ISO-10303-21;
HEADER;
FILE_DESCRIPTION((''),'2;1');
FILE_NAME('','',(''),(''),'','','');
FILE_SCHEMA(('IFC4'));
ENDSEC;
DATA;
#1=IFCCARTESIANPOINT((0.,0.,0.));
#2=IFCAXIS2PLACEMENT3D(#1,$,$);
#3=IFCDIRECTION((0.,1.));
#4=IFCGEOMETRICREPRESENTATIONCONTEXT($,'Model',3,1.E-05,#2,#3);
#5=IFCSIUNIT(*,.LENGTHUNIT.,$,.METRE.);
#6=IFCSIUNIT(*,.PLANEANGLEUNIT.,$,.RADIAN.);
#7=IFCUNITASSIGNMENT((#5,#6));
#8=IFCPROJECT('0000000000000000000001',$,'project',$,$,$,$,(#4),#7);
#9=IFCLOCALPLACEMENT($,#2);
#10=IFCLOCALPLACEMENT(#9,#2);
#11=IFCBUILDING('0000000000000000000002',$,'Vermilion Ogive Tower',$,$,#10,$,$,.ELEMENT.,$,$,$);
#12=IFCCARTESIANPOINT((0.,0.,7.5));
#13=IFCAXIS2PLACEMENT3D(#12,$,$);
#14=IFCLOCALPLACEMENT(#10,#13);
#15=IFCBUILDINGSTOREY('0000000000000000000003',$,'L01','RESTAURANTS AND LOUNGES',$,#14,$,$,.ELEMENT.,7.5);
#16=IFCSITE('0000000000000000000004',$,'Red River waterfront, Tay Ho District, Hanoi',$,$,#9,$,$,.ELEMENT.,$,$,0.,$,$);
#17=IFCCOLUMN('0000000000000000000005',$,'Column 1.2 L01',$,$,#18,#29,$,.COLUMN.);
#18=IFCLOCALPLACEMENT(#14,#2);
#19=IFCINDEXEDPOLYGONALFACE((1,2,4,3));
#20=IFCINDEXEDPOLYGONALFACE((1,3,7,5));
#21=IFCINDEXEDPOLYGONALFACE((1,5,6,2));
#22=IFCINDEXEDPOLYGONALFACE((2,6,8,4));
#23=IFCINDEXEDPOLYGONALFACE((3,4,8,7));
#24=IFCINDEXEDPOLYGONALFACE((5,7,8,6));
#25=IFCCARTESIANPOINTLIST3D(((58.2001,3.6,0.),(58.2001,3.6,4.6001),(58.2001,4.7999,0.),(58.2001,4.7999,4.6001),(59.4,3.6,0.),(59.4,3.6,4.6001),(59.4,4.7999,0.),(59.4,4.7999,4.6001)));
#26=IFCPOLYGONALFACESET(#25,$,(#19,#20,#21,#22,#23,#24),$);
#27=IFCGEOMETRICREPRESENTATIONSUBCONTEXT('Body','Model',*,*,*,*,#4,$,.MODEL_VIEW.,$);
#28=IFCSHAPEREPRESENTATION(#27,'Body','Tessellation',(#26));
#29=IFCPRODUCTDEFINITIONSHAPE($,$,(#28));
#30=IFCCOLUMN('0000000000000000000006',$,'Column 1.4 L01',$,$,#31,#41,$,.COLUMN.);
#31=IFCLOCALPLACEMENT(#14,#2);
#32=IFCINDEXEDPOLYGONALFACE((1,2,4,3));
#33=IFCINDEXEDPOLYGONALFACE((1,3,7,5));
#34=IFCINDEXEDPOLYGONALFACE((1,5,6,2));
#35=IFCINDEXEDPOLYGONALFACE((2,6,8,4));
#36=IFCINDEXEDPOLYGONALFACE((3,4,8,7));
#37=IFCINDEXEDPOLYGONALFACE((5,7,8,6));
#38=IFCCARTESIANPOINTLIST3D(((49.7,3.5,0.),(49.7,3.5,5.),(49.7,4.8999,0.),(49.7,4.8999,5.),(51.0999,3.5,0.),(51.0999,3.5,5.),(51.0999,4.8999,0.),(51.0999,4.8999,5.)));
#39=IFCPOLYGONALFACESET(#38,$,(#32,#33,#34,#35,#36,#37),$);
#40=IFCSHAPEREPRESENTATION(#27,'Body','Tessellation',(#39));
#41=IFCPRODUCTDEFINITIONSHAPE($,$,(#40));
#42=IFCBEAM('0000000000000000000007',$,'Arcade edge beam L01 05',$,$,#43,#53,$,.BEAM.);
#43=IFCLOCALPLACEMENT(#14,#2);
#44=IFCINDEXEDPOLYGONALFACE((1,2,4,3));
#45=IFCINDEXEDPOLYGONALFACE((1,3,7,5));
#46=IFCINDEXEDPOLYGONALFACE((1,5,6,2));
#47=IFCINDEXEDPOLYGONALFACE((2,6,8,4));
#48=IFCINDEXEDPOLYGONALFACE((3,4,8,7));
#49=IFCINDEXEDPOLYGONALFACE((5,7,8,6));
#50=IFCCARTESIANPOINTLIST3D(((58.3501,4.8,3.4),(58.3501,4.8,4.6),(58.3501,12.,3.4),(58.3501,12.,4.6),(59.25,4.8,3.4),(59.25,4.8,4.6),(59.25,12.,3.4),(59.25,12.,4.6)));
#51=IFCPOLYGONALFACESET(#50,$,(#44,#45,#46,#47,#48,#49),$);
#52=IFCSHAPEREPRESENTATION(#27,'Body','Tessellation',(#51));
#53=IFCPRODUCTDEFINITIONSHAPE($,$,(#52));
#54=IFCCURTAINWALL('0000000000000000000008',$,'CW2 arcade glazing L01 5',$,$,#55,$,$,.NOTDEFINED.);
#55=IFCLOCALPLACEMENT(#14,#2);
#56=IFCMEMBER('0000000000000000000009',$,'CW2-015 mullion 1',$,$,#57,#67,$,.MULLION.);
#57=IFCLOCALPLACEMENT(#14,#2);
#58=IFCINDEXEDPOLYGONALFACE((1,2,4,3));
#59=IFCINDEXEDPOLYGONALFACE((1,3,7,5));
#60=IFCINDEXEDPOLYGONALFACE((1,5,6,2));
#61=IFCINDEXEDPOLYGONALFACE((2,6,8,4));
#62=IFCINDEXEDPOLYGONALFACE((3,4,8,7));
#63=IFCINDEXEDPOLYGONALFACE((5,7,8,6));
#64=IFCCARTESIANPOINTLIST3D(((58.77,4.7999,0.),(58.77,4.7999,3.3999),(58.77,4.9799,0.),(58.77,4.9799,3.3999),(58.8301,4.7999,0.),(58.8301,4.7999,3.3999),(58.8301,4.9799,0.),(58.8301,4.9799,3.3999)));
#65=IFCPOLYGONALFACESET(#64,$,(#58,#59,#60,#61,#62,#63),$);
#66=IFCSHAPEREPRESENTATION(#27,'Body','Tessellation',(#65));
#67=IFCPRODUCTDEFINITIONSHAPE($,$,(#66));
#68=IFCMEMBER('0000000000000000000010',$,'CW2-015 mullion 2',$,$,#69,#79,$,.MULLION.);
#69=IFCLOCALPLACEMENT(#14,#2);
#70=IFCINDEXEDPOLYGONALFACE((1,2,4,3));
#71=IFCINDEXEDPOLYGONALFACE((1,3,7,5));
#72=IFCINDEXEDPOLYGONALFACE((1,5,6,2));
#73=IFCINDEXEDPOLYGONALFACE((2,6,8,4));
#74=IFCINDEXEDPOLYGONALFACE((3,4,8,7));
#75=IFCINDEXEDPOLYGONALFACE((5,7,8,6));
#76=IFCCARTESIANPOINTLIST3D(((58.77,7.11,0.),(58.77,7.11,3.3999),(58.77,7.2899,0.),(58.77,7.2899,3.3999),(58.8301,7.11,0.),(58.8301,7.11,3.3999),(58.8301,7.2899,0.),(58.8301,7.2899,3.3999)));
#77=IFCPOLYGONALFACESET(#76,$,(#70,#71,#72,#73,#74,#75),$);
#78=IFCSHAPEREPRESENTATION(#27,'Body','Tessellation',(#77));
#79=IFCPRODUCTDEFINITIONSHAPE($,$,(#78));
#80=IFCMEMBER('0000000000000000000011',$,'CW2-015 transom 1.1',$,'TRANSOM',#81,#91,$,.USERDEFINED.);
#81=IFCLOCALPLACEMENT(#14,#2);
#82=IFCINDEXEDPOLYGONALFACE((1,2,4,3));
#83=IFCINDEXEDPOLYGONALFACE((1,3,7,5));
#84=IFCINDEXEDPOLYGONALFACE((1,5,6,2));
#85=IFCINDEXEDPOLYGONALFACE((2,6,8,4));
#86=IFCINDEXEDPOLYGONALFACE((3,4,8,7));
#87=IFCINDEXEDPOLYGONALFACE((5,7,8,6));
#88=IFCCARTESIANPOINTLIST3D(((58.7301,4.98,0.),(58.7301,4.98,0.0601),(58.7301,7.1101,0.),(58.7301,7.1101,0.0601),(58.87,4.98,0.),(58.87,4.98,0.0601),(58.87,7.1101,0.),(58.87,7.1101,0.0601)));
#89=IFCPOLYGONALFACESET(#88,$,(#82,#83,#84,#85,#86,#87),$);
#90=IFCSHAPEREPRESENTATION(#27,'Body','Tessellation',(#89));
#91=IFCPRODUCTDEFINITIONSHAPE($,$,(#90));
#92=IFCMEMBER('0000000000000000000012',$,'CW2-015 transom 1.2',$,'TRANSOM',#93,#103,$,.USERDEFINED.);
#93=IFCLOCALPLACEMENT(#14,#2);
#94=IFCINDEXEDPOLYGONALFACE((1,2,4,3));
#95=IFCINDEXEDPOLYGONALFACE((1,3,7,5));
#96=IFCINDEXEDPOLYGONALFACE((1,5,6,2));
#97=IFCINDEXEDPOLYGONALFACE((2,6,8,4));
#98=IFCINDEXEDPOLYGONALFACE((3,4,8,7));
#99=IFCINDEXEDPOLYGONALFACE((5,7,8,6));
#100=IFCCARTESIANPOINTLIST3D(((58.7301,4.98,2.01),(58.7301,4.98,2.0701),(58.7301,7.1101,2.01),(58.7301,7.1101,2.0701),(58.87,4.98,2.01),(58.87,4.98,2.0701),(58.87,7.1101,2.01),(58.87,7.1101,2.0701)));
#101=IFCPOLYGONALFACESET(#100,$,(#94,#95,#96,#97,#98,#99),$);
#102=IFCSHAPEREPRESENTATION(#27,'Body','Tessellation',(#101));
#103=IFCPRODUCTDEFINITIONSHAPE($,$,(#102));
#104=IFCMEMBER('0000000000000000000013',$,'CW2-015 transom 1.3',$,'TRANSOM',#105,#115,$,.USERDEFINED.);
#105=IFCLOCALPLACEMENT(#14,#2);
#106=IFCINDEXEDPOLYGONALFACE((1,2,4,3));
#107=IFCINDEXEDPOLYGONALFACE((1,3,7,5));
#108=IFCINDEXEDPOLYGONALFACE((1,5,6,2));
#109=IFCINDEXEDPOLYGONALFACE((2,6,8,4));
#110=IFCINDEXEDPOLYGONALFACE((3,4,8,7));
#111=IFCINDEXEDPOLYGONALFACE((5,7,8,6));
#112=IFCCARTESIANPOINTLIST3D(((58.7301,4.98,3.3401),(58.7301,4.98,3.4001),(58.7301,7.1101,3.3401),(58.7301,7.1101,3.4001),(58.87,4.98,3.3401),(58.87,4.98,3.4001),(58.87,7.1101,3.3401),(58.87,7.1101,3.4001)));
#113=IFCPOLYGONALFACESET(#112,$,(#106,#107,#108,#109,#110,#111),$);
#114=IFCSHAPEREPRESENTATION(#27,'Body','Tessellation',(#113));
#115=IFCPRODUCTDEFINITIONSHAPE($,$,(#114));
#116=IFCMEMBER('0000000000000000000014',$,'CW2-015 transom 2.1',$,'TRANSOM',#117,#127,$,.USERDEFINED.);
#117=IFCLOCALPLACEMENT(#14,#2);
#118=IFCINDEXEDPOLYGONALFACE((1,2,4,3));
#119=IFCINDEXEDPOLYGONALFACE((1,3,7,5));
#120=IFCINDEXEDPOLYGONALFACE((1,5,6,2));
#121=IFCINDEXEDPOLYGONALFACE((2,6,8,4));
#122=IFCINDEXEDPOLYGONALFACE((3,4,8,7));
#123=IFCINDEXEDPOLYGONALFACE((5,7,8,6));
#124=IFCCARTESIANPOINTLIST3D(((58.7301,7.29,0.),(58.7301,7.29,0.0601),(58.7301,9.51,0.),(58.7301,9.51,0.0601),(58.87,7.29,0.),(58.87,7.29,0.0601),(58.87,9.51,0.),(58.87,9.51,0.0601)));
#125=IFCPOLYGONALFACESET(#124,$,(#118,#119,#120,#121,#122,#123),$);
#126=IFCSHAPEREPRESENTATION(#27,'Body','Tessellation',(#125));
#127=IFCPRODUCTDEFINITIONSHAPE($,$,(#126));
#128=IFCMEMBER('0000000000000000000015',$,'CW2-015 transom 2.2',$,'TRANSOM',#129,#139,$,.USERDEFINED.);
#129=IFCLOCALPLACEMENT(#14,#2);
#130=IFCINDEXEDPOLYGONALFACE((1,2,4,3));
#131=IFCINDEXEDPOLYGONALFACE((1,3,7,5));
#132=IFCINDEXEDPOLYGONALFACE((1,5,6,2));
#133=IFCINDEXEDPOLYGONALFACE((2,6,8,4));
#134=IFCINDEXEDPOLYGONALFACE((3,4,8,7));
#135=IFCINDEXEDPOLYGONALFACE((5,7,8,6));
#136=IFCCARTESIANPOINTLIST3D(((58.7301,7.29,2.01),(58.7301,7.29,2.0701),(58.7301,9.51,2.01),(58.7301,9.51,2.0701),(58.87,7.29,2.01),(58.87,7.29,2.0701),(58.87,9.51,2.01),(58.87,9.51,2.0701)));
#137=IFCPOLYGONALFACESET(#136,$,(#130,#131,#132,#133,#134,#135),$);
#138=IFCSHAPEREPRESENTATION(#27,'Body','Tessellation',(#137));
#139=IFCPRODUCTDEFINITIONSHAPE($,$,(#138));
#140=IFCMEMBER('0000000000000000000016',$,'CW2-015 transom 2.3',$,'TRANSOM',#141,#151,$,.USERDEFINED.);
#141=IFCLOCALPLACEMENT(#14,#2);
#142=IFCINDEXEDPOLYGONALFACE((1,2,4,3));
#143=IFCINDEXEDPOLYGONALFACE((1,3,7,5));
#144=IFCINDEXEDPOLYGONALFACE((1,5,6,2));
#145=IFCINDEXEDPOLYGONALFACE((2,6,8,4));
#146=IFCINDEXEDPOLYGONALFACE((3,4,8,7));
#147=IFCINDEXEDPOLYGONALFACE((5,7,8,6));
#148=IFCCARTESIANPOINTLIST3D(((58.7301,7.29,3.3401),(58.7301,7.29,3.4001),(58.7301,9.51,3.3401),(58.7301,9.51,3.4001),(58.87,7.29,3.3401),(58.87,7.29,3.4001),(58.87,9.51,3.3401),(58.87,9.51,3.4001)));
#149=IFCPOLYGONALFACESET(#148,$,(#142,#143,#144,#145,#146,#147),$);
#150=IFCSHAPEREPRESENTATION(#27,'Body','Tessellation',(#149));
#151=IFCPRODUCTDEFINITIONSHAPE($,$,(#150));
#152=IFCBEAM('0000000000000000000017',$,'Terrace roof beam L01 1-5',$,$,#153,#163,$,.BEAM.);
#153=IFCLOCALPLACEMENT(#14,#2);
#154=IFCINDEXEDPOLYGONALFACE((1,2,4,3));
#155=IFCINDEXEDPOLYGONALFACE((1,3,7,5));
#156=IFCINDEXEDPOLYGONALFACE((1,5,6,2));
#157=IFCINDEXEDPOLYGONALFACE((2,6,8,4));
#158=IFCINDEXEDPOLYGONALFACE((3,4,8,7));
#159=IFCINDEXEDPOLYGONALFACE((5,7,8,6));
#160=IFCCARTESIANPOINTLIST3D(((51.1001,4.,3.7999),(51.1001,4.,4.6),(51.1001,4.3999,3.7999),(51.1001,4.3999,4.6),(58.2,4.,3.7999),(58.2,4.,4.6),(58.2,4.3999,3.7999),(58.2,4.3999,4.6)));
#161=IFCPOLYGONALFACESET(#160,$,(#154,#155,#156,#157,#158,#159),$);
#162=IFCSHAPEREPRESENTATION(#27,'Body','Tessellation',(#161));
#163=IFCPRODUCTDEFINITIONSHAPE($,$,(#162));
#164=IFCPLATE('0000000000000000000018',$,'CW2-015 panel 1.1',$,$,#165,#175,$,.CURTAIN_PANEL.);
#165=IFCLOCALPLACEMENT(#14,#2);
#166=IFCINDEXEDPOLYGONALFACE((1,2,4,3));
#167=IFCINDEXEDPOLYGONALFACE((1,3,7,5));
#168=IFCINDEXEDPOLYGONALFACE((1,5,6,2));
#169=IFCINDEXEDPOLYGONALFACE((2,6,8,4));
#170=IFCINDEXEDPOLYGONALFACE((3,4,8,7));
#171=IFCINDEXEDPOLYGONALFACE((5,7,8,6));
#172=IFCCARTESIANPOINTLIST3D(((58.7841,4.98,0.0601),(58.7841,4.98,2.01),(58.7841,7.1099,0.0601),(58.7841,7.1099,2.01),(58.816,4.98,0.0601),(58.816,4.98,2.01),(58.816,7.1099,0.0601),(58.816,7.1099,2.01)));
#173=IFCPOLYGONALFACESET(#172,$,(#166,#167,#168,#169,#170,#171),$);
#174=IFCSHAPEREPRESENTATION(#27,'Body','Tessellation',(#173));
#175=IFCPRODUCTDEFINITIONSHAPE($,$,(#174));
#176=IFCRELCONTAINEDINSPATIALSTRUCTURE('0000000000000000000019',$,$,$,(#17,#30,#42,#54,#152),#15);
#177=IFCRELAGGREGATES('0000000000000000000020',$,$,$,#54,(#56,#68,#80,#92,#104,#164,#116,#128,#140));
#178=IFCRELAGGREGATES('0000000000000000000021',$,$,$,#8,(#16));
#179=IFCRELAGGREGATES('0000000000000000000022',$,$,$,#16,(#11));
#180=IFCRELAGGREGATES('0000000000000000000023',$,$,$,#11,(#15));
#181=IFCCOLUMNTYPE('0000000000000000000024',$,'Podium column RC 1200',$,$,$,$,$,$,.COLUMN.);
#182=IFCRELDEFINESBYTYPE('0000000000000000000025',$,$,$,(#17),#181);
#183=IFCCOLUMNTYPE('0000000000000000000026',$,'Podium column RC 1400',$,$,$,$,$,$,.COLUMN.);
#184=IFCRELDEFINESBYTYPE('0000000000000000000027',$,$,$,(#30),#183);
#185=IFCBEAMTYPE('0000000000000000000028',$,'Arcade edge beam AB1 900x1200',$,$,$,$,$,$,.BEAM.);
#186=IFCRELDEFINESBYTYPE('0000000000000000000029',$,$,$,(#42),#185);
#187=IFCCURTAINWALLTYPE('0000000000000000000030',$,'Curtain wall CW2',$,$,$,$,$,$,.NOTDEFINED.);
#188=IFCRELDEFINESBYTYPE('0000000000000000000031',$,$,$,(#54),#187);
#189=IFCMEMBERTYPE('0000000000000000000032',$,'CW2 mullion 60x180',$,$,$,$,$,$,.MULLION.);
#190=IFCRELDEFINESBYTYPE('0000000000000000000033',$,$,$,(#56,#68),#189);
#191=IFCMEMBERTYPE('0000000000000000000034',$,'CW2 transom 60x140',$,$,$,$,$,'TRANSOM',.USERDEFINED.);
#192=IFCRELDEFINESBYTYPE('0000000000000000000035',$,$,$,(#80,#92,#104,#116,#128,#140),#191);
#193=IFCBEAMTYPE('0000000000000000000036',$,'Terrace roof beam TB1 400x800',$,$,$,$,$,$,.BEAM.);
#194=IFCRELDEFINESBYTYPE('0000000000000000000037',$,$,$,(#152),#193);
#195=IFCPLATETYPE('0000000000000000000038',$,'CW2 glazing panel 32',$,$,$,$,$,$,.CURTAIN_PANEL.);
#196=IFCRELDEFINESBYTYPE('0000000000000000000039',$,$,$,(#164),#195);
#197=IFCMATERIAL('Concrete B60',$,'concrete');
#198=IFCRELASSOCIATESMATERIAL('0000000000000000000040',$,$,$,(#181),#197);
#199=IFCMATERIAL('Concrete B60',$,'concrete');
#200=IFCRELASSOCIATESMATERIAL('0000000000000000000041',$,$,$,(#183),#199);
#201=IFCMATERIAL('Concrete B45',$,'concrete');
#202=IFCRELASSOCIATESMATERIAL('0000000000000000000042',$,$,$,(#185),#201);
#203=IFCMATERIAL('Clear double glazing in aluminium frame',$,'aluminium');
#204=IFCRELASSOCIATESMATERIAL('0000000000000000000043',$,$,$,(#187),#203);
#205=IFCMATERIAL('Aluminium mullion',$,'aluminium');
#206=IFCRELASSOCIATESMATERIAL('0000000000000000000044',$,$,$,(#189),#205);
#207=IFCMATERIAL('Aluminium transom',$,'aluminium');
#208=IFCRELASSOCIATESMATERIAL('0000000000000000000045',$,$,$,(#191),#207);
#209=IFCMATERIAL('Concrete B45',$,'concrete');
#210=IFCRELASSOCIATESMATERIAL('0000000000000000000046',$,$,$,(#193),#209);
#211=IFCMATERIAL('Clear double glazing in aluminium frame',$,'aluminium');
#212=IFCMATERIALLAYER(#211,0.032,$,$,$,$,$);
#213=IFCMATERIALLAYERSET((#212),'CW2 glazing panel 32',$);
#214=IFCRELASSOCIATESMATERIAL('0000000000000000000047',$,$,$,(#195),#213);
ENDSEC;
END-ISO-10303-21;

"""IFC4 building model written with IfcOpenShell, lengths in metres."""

from ifc_helpers import new_model, si_unit, direction, frame, origin, origin_2d, place, context, subcontext, project, spatial, rectangle, extrude, material, layer, layer_set, material_profile, profile_set, type_object, element, aggregate, save


model = new_model("IFC4")

# Units and contexts
model_context = context("Model", 3, precision=1e-05, world=origin(), true_north=direction((0.0, 1.0)))
body_context = subcontext(model_context, "Body", "Model", "MODEL_VIEW")
ifc_project = project(units=[si_unit("LENGTHUNIT", "METRE"), si_unit("PLANEANGLEUNIT", "RADIAN")], contexts=[model_context])

# Site, building, storey
site_placement = place(None, origin())
site = spatial("IfcSite", under=ifc_project, at=site_placement, Name="Red River waterfront, Tay Ho District, Hanoi", CompositionType="ELEMENT", RefElevation=0.0)
building_placement = place(site_placement, origin())
building = spatial("IfcBuilding", under=site, at=building_placement, Name="Vermilion Ogive Tower", CompositionType="ELEMENT")
storey_placement = place(building_placement, frame((0.0, 0.0, 7.5)))
storey = spatial("IfcBuildingStorey", under=building, at=storey_placement, Name="L01", Description="RESTAURANTS AND LOUNGES", CompositionType="ELEMENT", Elevation=7.5)

# Columns
ifc_material_1 = material(Name="Concrete B60", Category="concrete")
ifc_material_profile_1 = material_profile(ifc_material_1, rectangle(XDim=1.2, YDim=1.2, at=origin_2d()), Name="RC 1200x1200")
ifc_profile_set_1 = profile_set([ifc_material_profile_1], Name="Concrete B60")
column_type_1 = type_object("IfcColumnType", Name="Podium column RC 1200", PredefinedType="COLUMN", material=ifc_profile_set_1)
column_1_placement = place(storey_placement, frame((58.8, 4.2, 0.0), z_axis=(0.0, 0.0, 1.0), x_axis=(1.0, 0.0, 0.0)))
element("IfcColumn", 1, at=column_1_placement, inside=storey, type_object=column_type_1, Name="Column 1.2 L01", PredefinedType="COLUMN", context=body_context, shape_type="SweptSolid", body=[
    extrude(rectangle(XDim=1.2, YDim=1.2, at=origin_2d()), origin(), (0.0, 0.0, 1.0), 4.6001),
])
ifc_material_2 = material(Name="Concrete B60", Category="concrete")
ifc_material_profile_2 = material_profile(ifc_material_2, rectangle(XDim=1.3999, YDim=1.3999, at=origin_2d()), Name="RC 1400x1400")
ifc_profile_set_2 = profile_set([ifc_material_profile_2], Name="Concrete B60")
column_type_2 = type_object("IfcColumnType", Name="Podium column RC 1400", PredefinedType="COLUMN", material=ifc_profile_set_2)
column_2_placement = place(storey_placement, frame((50.3999, 4.2, 0.0), z_axis=(0.0, 0.0, 1.0), x_axis=(1.0, 0.0, 0.0)))
element("IfcColumn", 2, at=column_2_placement, inside=storey, type_object=column_type_2, Name="Column 1.4 L01", PredefinedType="COLUMN", context=body_context, shape_type="SweptSolid", body=[
    extrude(rectangle(XDim=1.3999, YDim=1.3999, at=origin_2d()), origin(), (0.0, 0.0, 1.0), 5.0),
])

# Beam
ifc_material_3 = material(Name="Concrete B45", Category="concrete")
ifc_material_profile_3 = material_profile(ifc_material_3, rectangle(XDim=0.8999, YDim=1.2, at=origin_2d()), Name="RC 900x1200")
ifc_profile_set_3 = profile_set([ifc_material_profile_3], Name="Concrete B45")
beam_type_1 = type_object("IfcBeamType", Name="Arcade edge beam AB1 900x1200", PredefinedType="BEAM", material=ifc_profile_set_3)
beam_1_placement = place(storey_placement, frame((58.8, 4.8, 4.0), z_axis=(0.0, 1.0, 0.0), x_axis=(-1.0, 0.0, 0.0)))
element("IfcBeam", 3, at=beam_1_placement, inside=storey, type_object=beam_type_1, Name="Arcade edge beam L01 05", PredefinedType="BEAM", context=body_context, shape_type="SweptSolid", body=[
    extrude(rectangle(XDim=0.8999, YDim=1.2, at=origin_2d()), origin(), (0.0, 0.0, 1.0), 7.2),
])

# Curtain wall, members
ifc_material_4 = material(Name="Clear double glazing in aluminium frame", Category="aluminium")
curtain_wall_type = type_object("IfcCurtainWallType", Name="Curtain wall CW2", PredefinedType="NOTDEFINED", material=ifc_material_4)
curtain_wall_placement = place(storey_placement, origin())
curtain_wall = element("IfcCurtainWall", 4, at=curtain_wall_placement, inside=storey, type_object=curtain_wall_type, Name="CW2 arcade glazing L01 5", PredefinedType="NOTDEFINED")
ifc_material_5 = material(Name="Aluminium mullion", Category="aluminium")
ifc_material_profile_4 = material_profile(ifc_material_5, rectangle(XDim=0.0601, YDim=0.1799, at=origin_2d()), Name="AL 60x180")
ifc_profile_set_4 = profile_set([ifc_material_profile_4], Name="Aluminium mullion")
member_type_1 = type_object("IfcMemberType", Name="CW2 mullion 60x180", PredefinedType="MULLION", material=ifc_profile_set_4)
member_1_placement = place(storey_placement, frame((58.8, 4.8899, 0.0), z_axis=(0.0, 0.0, 1.0), x_axis=(-1.0, 0.0, 0.0)))
member_1 = element("IfcMember", 5, at=member_1_placement, type_object=member_type_1, Name="CW2-015 mullion 1", PredefinedType="MULLION", context=body_context, shape_type="SweptSolid", body=[
    extrude(rectangle(XDim=0.0601, YDim=0.1799, at=origin_2d()), origin(), (0.0, 0.0, 1.0), 3.3999),
])
member_2_placement = place(storey_placement, frame((58.8, 7.2, 0.0), z_axis=(0.0, 0.0, 1.0), x_axis=(-1.0, 0.0, 0.0)))
member_2 = element("IfcMember", 6, at=member_2_placement, type_object=member_type_1, Name="CW2-015 mullion 2", PredefinedType="MULLION", context=body_context, shape_type="SweptSolid", body=[
    extrude(rectangle(XDim=0.0601, YDim=0.1799, at=origin_2d()), origin(), (0.0, 0.0, 1.0), 3.3999),
])
ifc_material_6 = material(Name="Aluminium transom", Category="aluminium")
ifc_material_profile_5 = material_profile(ifc_material_6, rectangle(XDim=0.1399, YDim=0.0601, at=origin_2d()), Name="AL 60x140")
ifc_profile_set_5 = profile_set([ifc_material_profile_5], Name="Aluminium transom")
member_type_2 = type_object("IfcMemberType", Name="CW2 transom 60x140", ElementType="TRANSOM", PredefinedType="USERDEFINED", material=ifc_profile_set_5)
member_3_placement = place(storey_placement, frame((58.8, 4.98, 0.03), z_axis=(0.0, 1.0, 0.0), x_axis=(-1.0, 0.0, 0.0)))
member_3 = element("IfcMember", 7, at=member_3_placement, type_object=member_type_2, Name="CW2-015 transom 1.1", ObjectType="TRANSOM", PredefinedType="USERDEFINED", context=body_context, shape_type="SweptSolid", body=[
    extrude(rectangle(XDim=0.1399, YDim=0.0601, at=origin_2d()), origin(), (0.0, 0.0, 1.0), 2.1301),
])
member_4_placement = place(storey_placement, frame((58.8, 4.98, 2.04), z_axis=(0.0, 1.0, 0.0), x_axis=(-1.0, 0.0, 0.0)))
member_4 = element("IfcMember", 8, at=member_4_placement, type_object=member_type_2, Name="CW2-015 transom 1.2", ObjectType="TRANSOM", PredefinedType="USERDEFINED", context=body_context, shape_type="SweptSolid", body=[
    extrude(rectangle(XDim=0.1399, YDim=0.0601, at=origin_2d()), origin(), (0.0, 0.0, 1.0), 2.1301),
])
member_5_placement = place(storey_placement, frame((58.8, 4.98, 3.3701), z_axis=(0.0, 1.0, 0.0), x_axis=(-1.0, 0.0, 0.0)))
member_5 = element("IfcMember", 9, at=member_5_placement, type_object=member_type_2, Name="CW2-015 transom 1.3", ObjectType="TRANSOM", PredefinedType="USERDEFINED", context=body_context, shape_type="SweptSolid", body=[
    extrude(rectangle(XDim=0.1399, YDim=0.0601, at=origin_2d()), origin(), (0.0, 0.0, 1.0), 2.1301),
])
member_6_placement = place(storey_placement, frame((58.8, 7.29, 0.03), z_axis=(0.0, 1.0, 0.0), x_axis=(-1.0, 0.0, 0.0)))
member_6 = element("IfcMember", 10, at=member_6_placement, type_object=member_type_2, Name="CW2-015 transom 2.1", ObjectType="TRANSOM", PredefinedType="USERDEFINED", context=body_context, shape_type="SweptSolid", body=[
    extrude(rectangle(XDim=0.1399, YDim=0.0601, at=origin_2d()), origin(), (0.0, 0.0, 1.0), 2.22),
])
member_7_placement = place(storey_placement, frame((58.8, 7.29, 2.04), z_axis=(0.0, 1.0, 0.0), x_axis=(-1.0, 0.0, 0.0)))
member_7 = element("IfcMember", 11, at=member_7_placement, type_object=member_type_2, Name="CW2-015 transom 2.2", ObjectType="TRANSOM", PredefinedType="USERDEFINED", context=body_context, shape_type="SweptSolid", body=[
    extrude(rectangle(XDim=0.1399, YDim=0.0601, at=origin_2d()), origin(), (0.0, 0.0, 1.0), 2.22),
])
member_8_placement = place(storey_placement, frame((58.8, 7.29, 3.3701), z_axis=(0.0, 1.0, 0.0), x_axis=(-1.0, 0.0, 0.0)))
member_8 = element("IfcMember", 12, at=member_8_placement, type_object=member_type_2, Name="CW2-015 transom 2.3", ObjectType="TRANSOM", PredefinedType="USERDEFINED", context=body_context, shape_type="SweptSolid", body=[
    extrude(rectangle(XDim=0.1399, YDim=0.0601, at=origin_2d()), origin(), (0.0, 0.0, 1.0), 2.22),
])

# Beam
ifc_material_7 = material(Name="Concrete B45", Category="concrete")
ifc_material_profile_6 = material_profile(ifc_material_7, rectangle(XDim=0.3999, YDim=0.8, at=origin_2d()), Name="RC 400x800")
ifc_profile_set_6 = profile_set([ifc_material_profile_6], Name="Concrete B45")
beam_type_2 = type_object("IfcBeamType", Name="Terrace roof beam TB1 400x800", PredefinedType="BEAM", material=ifc_profile_set_6)
beam_2_placement = place(storey_placement, frame((58.2, 4.2, 4.2), z_axis=(-1.0, 0.0, 0.0), x_axis=(0.0, -1.0, 0.0)))
element("IfcBeam", 13, at=beam_2_placement, inside=storey, type_object=beam_type_2, Name="Terrace roof beam L01 1-5", PredefinedType="BEAM", context=body_context, shape_type="SweptSolid", body=[
    extrude(rectangle(XDim=0.3999, YDim=0.8, at=origin_2d()), origin(), (0.0, 0.0, 1.0), 7.0999),
])

# Plate
ifc_material_8 = material(Name="Clear double glazing in aluminium frame", Category="aluminium")
ifc_layer_1 = layer(ifc_material_8, 0.032)
ifc_layer_set_1 = layer_set([ifc_layer_1], Name="CW2 glazing panel 32")
plate_type = type_object("IfcPlateType", Name="CW2 glazing panel 32", PredefinedType="CURTAIN_PANEL", material=ifc_layer_set_1)
plate_1_placement = place(storey_placement, frame((58.8, 6.0449, 0.0601), z_axis=(0.0, 0.0, 1.0), x_axis=(0.0, 1.0, 0.0)))
plate_1 = element("IfcPlate", 14, at=plate_1_placement, type_object=plate_type, Name="CW2-015 panel 1.1", PredefinedType="CURTAIN_PANEL", context=body_context, shape_type="SweptSolid", body=[
    extrude(rectangle(XDim=2.1299, YDim=0.032, at=origin_2d()), origin(), (0.0, 0.0, 1.0), 1.95),
])
aggregate(curtain_wall, [member_1, member_2, member_3, member_4, member_5, plate_1, member_6, member_7, member_8])

save(model, "model.ifc")
